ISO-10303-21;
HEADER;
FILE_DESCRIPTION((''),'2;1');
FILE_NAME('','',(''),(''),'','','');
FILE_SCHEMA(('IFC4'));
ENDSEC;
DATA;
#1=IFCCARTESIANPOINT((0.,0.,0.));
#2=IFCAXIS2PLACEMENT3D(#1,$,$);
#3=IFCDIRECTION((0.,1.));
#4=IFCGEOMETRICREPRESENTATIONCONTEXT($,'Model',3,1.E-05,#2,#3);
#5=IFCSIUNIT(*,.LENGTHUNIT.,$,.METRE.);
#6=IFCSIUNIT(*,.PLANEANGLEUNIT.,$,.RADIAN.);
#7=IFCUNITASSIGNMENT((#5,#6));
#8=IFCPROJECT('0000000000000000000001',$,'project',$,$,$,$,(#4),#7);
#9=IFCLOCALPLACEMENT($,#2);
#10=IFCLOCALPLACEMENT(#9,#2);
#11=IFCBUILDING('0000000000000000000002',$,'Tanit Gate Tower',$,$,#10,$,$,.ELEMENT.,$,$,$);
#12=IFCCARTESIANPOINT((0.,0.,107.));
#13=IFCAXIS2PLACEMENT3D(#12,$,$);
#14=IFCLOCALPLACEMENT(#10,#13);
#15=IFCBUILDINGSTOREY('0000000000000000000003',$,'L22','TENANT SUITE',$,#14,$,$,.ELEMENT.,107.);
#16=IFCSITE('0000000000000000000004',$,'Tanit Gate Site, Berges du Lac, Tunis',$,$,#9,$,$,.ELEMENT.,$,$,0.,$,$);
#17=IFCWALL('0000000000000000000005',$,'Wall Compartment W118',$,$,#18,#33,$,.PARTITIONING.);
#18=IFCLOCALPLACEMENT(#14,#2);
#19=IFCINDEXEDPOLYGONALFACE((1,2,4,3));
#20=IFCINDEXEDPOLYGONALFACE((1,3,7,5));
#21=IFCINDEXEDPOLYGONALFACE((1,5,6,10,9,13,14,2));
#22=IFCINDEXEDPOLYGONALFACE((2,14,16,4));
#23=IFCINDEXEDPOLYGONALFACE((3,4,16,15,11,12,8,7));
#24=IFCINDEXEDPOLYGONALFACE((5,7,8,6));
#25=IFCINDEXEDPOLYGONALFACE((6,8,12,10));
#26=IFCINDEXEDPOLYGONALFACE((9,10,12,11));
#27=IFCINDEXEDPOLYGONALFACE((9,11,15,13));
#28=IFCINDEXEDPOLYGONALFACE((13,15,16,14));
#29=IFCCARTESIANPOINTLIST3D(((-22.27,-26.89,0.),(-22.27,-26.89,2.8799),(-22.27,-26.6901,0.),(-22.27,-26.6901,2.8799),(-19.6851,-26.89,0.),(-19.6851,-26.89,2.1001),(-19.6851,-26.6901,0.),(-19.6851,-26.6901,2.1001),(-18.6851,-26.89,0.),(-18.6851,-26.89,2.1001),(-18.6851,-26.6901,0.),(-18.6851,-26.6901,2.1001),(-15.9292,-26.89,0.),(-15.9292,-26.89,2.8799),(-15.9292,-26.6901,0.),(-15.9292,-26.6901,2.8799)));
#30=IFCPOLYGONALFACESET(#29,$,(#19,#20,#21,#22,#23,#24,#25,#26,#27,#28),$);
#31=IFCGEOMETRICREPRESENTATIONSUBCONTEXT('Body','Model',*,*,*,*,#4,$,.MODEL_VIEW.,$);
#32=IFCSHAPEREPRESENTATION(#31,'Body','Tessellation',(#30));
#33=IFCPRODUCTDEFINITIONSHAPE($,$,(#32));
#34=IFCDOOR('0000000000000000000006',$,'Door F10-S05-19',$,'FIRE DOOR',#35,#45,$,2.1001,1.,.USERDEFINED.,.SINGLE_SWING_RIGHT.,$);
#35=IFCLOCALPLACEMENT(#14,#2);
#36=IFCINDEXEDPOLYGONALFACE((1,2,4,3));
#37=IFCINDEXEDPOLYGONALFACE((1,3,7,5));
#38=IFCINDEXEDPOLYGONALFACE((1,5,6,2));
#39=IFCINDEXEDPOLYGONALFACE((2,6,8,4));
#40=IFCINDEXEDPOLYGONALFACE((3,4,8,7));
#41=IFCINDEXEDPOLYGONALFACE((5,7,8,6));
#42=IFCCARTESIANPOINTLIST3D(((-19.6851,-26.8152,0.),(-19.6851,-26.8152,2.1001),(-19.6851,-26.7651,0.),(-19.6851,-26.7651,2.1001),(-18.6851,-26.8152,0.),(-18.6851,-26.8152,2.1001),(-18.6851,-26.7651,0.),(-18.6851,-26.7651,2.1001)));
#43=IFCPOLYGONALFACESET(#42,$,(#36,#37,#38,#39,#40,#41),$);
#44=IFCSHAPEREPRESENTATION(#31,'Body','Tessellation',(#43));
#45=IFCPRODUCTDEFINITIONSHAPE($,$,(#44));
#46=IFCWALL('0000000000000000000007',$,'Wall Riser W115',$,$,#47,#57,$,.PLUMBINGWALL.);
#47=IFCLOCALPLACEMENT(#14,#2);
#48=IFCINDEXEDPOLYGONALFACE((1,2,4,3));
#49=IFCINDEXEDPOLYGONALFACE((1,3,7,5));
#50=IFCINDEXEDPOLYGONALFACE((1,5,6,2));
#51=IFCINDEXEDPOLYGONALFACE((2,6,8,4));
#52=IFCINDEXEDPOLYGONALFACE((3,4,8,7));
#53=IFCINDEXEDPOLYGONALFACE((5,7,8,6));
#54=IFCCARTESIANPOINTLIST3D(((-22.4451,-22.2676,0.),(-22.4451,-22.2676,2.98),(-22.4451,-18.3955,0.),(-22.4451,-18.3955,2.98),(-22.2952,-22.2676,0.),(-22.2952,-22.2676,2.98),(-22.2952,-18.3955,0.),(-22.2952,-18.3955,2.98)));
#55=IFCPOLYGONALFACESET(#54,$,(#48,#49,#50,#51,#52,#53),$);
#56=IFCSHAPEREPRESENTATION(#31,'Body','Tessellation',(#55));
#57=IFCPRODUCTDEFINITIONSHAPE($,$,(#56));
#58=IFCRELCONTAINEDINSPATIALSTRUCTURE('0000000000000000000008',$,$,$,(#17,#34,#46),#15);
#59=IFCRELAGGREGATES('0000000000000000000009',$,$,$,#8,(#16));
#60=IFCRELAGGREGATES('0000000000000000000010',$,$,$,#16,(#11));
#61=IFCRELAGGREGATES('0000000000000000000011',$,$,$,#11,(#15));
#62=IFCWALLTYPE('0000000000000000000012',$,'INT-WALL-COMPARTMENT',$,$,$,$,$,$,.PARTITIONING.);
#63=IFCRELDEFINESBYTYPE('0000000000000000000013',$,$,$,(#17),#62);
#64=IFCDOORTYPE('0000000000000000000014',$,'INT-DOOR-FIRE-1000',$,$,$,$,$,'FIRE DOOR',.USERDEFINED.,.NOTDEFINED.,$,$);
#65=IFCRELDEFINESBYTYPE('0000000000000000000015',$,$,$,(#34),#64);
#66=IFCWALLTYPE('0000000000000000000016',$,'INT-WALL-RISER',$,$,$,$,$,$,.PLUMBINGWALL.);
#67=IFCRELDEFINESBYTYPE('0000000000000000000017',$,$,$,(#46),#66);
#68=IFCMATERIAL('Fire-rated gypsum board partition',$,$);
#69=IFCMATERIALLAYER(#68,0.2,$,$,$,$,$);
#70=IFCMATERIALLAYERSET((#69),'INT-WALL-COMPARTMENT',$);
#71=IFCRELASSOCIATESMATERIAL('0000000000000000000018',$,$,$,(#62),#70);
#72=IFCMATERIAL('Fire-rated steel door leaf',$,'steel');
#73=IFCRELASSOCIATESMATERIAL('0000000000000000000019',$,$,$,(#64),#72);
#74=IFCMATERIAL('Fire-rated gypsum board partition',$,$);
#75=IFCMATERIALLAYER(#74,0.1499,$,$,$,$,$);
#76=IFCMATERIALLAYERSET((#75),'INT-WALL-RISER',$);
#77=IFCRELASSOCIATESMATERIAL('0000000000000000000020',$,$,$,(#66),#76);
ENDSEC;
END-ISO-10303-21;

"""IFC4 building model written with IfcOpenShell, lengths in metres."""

from ifc_helpers import new_model, si_unit, direction, frame, frame_2d, origin, place, context, subcontext, project, spatial, rectangle, extrude, material, layer, layer_set, type_object, element, fill, save


model = new_model("IFC4")

# Units and contexts
model_context = context("Model", 3, precision=1e-05, world=origin(), true_north=direction((0.0, 1.0)))
body_context = subcontext(model_context, "Body", "Model", "MODEL_VIEW")
ifc_project = project(units=[si_unit("LENGTHUNIT", "METRE"), si_unit("PLANEANGLEUNIT", "RADIAN")], contexts=[model_context])

# Site, building, storey
site_placement = place(None, origin())
site = spatial("IfcSite", under=ifc_project, at=site_placement, Name="Tanit Gate Site, Berges du Lac, Tunis", CompositionType="ELEMENT", RefElevation=0.0)
building_placement = place(site_placement, origin())
building = spatial("IfcBuilding", under=site, at=building_placement, Name="Tanit Gate Tower", CompositionType="ELEMENT")
storey_placement = place(building_placement, frame((0.0, 0.0, 107.0)))
storey = spatial("IfcBuildingStorey", under=building, at=storey_placement, Name="L22", Description="TENANT SUITE", CompositionType="ELEMENT", Elevation=107.0)

# Shared definitions
ifc_material_1 = material(Name="Fire-rated gypsum board partition")
ifc_layer_1 = layer(ifc_material_1, 0.2)
ifc_layer_set_1 = layer_set([ifc_layer_1], Name="INT-WALL-COMPARTMENT")
wall_type_1 = type_object("IfcWallType", Name="INT-WALL-COMPARTMENT", PredefinedType="PARTITIONING", material=ifc_layer_set_1)

# Wall, opening, door
wall_1_placement = place(storey_placement, frame((-22.27, -26.79, 0.0), z_axis=(0.0, 0.0, 1.0), x_axis=(1.0, 0.0, 0.0)))
wall_1 = element("IfcWall", 1, at=wall_1_placement, inside=storey, type_object=wall_type_1, Name="Wall Compartment W118", PredefinedType="PARTITIONING", context=body_context, shape_type="SweptSolid", body=[
    extrude(rectangle(XDim=6.3408, YDim=0.2, at=frame_2d((3.1704, 0.0))), origin(), (0.0, 0.0, 1.0), 2.8799),
])
opening_placement = place(wall_1_placement, frame((2.585, 0.0, 0.0)))
opening = element("IfcOpeningElement", 2, at=opening_placement, cuts=wall_1, PredefinedType="OPENING", context=body_context, shape_type="SweptSolid", body=[
    extrude(rectangle(XDim=1.0, YDim=2.1001, at=frame_2d((0.5, 1.05))), frame((0.0, 0.1099, 0.0), z_axis=(0.0, -1.0, 0.0), x_axis=(1.0, 0.0, 0.0)), (0.0, 0.0, 1.0), 0.22),
])
ifc_material_2 = material(Name="Fire-rated steel door leaf", Category="steel")
door_type = type_object("IfcDoorType", Name="INT-DOOR-FIRE-1000", ElementType="FIRE DOOR", OperationType="NOTDEFINED", PredefinedType="USERDEFINED", material=ifc_material_2)
door_placement = place(opening_placement, origin())
door = element("IfcDoor", 3, at=door_placement, inside=storey, type_object=door_type, Name="Door F10-S05-19", ObjectType="FIRE DOOR", OperationType="SINGLE_SWING_RIGHT", OverallHeight=2.1001, OverallWidth=1.0, PredefinedType="USERDEFINED", context=body_context, shape_type="SweptSolid", body=[
    extrude(rectangle(XDim=1.0, YDim=2.1001, at=frame_2d((0.5, 1.05))), frame((0.0, 0.0249, 0.0), z_axis=(0.0, -1.0, 0.0), x_axis=(1.0, 0.0, 0.0)), (0.0, 0.0, 1.0), 0.05),
])
fill(opening, door)

# Wall
ifc_material_3 = material(Name="Fire-rated gypsum board partition")
ifc_layer_2 = layer(ifc_material_3, 0.1499)
ifc_layer_set_2 = layer_set([ifc_layer_2], Name="INT-WALL-RISER")
wall_type_2 = type_object("IfcWallType", Name="INT-WALL-RISER", PredefinedType="PLUMBINGWALL", material=ifc_layer_set_2)
wall_2_placement = place(storey_placement, frame((-22.3701, -22.2676, 0.0), z_axis=(0.0, 0.0, 1.0), x_axis=(0.0, 1.0, 0.0)))
element("IfcWall", 4, at=wall_2_placement, inside=storey, type_object=wall_type_2, Name="Wall Riser W115", PredefinedType="PLUMBINGWALL", context=body_context, shape_type="SweptSolid", body=[
    extrude(rectangle(XDim=3.8721, YDim=0.1499, at=frame_2d((1.936, 0.0))), origin(), (0.0, 0.0, 1.0), 2.98),
])

save(model, "model.ifc")
